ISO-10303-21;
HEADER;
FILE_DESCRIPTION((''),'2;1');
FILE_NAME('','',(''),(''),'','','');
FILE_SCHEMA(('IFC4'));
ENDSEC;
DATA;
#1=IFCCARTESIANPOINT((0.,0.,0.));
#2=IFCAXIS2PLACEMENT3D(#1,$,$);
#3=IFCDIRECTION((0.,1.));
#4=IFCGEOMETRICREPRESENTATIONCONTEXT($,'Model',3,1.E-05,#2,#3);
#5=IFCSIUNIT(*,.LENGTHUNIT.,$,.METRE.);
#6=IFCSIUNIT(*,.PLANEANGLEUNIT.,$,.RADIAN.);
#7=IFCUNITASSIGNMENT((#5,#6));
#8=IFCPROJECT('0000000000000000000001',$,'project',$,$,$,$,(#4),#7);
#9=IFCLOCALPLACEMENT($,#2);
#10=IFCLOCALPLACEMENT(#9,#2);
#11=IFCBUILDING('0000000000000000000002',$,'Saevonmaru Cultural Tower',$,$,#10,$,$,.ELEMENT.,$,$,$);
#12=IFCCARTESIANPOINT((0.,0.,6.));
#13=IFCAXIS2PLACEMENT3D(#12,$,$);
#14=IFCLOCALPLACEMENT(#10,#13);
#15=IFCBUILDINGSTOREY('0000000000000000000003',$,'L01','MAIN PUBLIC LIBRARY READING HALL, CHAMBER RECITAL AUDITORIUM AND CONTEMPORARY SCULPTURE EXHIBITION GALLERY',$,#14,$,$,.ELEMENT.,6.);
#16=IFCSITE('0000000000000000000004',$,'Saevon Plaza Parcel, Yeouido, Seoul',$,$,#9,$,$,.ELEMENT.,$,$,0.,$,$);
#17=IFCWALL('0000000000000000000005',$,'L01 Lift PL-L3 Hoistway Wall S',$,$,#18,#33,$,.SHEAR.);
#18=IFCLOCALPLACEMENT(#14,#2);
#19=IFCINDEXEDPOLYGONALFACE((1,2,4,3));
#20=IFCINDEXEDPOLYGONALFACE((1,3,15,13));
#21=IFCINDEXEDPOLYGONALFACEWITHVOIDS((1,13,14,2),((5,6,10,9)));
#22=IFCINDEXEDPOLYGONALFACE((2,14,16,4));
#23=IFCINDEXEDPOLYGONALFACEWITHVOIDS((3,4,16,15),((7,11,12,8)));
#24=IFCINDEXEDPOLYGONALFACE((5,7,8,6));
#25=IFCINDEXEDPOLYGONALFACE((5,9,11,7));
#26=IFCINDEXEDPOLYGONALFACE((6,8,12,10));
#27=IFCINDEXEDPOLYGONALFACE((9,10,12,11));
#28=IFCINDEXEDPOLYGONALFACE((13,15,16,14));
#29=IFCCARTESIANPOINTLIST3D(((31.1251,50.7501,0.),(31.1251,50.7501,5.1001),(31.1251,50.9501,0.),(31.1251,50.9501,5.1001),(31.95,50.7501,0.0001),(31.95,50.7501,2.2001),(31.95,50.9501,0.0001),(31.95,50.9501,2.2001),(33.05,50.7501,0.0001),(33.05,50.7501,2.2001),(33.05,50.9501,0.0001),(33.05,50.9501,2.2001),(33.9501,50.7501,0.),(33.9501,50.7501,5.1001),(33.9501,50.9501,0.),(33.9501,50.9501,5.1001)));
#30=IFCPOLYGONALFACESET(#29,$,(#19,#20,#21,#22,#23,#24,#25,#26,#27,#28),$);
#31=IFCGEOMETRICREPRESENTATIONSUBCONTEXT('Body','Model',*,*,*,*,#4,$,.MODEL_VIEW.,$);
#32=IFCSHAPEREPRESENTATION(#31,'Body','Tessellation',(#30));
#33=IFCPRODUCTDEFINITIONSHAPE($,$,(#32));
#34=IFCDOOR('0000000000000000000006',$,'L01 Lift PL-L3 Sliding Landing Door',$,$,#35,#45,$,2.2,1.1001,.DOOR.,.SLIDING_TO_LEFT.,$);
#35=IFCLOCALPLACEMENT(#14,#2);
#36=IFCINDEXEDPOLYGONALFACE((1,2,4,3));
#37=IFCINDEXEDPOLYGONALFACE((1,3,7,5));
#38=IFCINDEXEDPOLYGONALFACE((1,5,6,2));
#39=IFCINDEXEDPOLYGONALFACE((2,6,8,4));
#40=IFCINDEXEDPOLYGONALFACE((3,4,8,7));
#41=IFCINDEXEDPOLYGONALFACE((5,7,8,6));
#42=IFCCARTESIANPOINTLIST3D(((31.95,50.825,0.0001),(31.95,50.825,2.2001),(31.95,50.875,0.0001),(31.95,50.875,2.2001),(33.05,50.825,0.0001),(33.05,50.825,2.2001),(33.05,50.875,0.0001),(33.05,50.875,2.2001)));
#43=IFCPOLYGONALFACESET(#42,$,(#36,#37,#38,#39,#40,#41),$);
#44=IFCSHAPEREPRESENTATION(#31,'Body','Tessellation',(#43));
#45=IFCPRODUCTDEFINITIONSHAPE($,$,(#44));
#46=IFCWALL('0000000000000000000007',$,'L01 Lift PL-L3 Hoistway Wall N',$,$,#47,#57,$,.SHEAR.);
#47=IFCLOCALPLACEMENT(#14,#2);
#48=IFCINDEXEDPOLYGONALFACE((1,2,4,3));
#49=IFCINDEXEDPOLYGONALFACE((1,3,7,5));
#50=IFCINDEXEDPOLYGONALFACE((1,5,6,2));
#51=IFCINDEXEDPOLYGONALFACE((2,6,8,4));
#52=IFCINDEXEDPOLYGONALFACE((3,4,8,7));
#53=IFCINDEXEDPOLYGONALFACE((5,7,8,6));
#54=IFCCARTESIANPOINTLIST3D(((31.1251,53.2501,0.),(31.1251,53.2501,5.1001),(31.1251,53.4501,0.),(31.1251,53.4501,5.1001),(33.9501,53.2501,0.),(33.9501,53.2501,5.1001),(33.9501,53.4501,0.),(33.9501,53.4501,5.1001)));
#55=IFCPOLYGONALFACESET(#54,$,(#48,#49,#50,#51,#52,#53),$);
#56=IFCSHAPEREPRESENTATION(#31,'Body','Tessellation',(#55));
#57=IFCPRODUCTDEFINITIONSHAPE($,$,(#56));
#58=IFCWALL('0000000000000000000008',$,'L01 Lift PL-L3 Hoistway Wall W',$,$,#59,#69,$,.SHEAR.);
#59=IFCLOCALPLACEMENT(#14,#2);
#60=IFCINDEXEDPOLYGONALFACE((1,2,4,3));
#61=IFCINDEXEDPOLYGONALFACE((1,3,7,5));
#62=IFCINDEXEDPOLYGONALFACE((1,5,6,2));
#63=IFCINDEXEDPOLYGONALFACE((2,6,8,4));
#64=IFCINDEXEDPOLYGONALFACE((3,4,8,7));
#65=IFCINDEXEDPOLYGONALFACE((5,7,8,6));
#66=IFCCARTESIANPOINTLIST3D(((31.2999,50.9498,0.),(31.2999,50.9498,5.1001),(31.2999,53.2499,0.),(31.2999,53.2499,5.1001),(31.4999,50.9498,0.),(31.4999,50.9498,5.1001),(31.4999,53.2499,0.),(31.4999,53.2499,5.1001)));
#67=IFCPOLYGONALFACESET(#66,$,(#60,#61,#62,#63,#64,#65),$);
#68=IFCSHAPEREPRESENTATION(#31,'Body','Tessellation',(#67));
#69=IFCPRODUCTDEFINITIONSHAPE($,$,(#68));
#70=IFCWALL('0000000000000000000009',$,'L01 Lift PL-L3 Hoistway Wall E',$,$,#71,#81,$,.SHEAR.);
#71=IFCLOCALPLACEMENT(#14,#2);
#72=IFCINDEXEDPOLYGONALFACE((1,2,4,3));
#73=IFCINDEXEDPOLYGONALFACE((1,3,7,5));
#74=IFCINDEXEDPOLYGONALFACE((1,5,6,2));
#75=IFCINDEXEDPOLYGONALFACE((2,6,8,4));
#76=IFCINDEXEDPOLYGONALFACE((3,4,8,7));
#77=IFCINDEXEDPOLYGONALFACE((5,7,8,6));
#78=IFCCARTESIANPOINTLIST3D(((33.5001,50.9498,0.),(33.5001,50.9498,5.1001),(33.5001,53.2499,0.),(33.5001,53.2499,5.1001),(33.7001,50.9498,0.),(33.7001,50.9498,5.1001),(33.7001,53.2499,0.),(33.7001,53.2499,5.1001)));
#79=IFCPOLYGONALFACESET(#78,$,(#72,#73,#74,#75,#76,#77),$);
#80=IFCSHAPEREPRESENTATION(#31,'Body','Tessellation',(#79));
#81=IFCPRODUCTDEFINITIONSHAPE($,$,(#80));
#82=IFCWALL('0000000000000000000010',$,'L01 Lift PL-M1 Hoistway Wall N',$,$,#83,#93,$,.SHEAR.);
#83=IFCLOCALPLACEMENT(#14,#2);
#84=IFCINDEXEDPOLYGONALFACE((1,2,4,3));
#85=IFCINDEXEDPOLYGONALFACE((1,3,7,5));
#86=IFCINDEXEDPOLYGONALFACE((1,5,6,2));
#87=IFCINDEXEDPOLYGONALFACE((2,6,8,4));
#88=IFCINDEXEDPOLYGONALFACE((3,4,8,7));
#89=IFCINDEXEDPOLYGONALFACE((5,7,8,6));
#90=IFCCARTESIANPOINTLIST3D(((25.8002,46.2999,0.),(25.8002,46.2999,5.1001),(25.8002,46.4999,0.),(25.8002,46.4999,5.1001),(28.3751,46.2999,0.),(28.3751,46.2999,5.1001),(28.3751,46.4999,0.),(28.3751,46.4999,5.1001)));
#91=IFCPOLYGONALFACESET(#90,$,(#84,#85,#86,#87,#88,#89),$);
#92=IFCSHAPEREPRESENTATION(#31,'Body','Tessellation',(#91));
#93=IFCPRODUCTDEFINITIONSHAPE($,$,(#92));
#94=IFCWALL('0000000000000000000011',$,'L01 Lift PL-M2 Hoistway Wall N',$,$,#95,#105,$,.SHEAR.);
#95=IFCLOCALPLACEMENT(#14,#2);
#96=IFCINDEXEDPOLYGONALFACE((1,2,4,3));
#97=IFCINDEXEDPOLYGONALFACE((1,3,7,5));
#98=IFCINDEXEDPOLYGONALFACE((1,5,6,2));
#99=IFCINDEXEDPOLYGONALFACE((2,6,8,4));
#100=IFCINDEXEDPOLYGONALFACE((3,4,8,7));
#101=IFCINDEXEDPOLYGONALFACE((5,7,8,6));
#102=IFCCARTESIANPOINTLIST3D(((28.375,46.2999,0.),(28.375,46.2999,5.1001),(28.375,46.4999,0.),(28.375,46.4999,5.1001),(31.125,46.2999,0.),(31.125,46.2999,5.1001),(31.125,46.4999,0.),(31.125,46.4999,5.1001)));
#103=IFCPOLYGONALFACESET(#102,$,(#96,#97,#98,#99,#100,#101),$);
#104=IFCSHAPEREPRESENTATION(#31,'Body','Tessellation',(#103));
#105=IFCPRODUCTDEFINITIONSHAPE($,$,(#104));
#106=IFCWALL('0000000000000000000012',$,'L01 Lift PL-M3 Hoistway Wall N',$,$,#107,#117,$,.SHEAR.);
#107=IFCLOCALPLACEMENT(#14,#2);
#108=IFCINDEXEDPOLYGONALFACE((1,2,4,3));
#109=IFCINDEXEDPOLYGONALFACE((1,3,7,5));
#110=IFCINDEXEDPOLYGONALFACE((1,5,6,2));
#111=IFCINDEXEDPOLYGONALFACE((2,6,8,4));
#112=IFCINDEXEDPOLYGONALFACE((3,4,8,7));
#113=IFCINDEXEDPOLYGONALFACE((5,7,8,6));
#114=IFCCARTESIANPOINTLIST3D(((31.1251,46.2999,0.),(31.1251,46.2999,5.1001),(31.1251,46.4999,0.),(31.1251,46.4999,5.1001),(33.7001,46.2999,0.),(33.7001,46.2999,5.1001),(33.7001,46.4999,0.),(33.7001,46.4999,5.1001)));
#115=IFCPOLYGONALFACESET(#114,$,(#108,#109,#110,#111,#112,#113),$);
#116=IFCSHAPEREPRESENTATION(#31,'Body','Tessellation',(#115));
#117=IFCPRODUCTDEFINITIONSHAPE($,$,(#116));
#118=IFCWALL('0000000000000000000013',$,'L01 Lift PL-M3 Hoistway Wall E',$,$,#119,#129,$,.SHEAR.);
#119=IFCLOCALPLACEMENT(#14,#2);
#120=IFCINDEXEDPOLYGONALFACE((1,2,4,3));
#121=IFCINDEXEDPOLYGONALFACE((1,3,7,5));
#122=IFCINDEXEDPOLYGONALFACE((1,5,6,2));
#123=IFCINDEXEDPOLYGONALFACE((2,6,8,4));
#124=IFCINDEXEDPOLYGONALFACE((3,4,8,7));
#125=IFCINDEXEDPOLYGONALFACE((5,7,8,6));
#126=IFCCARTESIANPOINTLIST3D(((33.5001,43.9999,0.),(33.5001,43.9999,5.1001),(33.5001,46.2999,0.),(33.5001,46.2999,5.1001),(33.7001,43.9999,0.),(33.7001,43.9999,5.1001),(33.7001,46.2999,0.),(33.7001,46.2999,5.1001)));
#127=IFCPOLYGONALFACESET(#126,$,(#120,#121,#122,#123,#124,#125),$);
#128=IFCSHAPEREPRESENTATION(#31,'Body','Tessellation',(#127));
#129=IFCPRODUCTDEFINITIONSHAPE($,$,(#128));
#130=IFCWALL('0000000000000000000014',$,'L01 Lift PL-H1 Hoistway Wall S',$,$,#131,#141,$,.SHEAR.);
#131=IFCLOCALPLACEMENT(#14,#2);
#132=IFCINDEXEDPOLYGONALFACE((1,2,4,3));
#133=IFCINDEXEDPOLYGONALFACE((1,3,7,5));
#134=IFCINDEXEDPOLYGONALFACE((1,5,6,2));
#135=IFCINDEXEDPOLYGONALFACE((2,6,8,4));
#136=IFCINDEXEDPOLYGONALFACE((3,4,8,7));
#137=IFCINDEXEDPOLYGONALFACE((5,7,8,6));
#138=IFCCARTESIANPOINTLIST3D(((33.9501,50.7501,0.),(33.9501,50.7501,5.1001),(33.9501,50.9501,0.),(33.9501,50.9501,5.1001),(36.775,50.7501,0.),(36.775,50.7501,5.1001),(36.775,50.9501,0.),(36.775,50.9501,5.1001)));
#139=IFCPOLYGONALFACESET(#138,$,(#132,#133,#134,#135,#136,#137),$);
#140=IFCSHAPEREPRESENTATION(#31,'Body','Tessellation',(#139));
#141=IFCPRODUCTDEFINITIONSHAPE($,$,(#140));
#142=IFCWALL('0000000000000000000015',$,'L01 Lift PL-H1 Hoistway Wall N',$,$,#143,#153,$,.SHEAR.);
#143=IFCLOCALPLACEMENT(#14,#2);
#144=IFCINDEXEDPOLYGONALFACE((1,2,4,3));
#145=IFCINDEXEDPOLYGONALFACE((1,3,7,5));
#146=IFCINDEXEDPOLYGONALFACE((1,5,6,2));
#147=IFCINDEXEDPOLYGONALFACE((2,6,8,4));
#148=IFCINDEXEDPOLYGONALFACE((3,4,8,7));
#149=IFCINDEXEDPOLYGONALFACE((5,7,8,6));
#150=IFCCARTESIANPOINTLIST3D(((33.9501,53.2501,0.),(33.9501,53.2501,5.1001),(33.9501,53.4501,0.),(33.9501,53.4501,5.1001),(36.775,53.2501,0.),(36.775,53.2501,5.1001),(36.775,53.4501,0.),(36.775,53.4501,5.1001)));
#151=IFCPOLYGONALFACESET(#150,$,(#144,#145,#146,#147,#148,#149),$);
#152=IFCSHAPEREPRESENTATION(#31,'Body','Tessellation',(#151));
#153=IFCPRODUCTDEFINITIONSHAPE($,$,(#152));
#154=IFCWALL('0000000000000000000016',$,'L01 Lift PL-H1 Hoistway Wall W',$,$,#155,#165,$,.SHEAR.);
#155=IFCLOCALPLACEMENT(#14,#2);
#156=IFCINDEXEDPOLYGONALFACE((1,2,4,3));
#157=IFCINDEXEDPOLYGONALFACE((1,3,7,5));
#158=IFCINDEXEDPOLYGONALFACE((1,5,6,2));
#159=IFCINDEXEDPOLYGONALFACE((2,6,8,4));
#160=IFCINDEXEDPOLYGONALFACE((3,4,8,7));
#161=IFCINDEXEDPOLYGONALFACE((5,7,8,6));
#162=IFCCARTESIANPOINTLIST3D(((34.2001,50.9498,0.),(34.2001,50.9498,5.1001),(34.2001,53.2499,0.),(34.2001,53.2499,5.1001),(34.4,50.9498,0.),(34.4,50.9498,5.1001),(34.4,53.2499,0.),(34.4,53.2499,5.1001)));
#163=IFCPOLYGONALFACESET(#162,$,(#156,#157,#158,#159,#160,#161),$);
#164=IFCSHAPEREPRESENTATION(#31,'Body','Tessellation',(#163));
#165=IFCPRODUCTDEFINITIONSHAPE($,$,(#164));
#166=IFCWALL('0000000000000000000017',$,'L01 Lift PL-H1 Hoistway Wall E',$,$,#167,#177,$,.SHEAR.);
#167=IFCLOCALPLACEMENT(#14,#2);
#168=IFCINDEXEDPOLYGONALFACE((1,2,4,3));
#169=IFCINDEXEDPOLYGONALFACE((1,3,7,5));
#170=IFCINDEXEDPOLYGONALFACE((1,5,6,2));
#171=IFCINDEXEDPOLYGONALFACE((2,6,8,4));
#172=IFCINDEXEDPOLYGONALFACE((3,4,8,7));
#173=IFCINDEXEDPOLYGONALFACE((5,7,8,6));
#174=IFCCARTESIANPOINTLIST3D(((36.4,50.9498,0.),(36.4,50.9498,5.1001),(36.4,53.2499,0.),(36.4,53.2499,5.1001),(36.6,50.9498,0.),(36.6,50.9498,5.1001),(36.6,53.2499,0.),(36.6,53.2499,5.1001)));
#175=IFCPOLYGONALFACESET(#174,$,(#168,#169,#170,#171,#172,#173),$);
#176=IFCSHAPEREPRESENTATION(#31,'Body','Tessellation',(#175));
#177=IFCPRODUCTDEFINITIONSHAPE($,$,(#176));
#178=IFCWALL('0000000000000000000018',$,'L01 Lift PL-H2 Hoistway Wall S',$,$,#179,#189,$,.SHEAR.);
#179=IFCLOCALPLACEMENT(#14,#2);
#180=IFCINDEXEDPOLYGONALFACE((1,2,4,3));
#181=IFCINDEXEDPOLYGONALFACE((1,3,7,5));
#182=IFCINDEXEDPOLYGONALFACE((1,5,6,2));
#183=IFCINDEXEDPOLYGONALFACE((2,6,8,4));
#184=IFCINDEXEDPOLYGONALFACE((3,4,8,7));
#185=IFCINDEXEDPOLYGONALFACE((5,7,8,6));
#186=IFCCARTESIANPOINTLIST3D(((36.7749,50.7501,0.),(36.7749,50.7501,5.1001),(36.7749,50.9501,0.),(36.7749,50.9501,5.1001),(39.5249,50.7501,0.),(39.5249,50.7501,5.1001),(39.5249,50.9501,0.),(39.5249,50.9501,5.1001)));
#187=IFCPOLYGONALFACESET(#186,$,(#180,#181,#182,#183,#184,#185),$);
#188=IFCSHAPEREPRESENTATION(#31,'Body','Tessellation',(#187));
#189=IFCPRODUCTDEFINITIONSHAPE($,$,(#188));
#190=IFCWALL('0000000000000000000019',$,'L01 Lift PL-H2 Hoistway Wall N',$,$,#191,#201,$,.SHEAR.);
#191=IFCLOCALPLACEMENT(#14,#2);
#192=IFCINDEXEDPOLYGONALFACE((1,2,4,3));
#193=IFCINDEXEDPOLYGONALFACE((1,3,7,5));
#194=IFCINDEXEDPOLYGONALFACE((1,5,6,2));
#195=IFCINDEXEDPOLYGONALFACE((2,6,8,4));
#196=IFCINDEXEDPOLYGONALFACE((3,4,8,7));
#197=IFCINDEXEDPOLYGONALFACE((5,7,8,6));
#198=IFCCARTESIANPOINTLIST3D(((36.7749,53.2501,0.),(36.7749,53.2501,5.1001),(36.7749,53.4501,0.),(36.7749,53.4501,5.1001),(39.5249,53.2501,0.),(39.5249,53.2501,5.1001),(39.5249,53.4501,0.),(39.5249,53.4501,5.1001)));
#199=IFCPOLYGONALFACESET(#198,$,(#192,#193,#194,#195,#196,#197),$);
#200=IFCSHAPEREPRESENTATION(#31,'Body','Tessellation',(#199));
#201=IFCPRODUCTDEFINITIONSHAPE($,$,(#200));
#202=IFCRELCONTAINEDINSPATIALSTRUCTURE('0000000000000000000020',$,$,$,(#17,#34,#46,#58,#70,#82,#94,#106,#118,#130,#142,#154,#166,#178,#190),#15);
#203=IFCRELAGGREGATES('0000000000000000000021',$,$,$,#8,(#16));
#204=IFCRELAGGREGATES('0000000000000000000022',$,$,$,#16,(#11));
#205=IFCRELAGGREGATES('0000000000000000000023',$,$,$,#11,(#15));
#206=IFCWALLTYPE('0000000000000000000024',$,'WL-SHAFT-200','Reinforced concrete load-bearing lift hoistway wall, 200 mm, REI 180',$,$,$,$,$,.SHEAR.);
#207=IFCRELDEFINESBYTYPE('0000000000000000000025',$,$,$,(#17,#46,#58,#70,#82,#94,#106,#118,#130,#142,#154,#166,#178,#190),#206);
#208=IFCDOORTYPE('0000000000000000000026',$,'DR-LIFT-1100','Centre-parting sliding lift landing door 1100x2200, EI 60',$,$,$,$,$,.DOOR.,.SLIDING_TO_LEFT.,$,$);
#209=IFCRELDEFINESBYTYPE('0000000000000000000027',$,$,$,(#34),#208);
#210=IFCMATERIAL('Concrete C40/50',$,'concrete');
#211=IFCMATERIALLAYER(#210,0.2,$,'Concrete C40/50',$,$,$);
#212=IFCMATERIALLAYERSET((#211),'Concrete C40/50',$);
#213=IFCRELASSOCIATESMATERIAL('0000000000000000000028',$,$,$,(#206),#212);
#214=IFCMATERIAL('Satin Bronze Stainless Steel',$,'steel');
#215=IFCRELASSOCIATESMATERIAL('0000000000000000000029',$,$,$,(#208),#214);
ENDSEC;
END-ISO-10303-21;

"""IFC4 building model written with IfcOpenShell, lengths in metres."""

from ifc_helpers import new_model, si_unit, direction, frame, frame_2d, origin, place, context, subcontext, project, spatial, rectangle, extrude, material, layer, layer_set, type_object, element, fill, save


model = new_model("IFC4")

# Units and contexts
model_context = context("Model", 3, precision=1e-05, world=origin(), true_north=direction((0.0, 1.0)))
body_context = subcontext(model_context, "Body", "Model", "MODEL_VIEW")
ifc_project = project(units=[si_unit("LENGTHUNIT", "METRE"), si_unit("PLANEANGLEUNIT", "RADIAN")], contexts=[model_context])

# Site, building, storey
site_placement = place(None, origin())
site = spatial("IfcSite", under=ifc_project, at=site_placement, Name="Saevon Plaza Parcel, Yeouido, Seoul", CompositionType="ELEMENT", RefElevation=0.0)
building_placement = place(site_placement, origin())
building = spatial("IfcBuilding", under=site, at=building_placement, Name="Saevonmaru Cultural Tower", CompositionType="ELEMENT")
storey_placement = place(building_placement, frame((0.0, 0.0, 6.0)))
storey = spatial("IfcBuildingStorey", under=building, at=storey_placement, Name="L01", Description="MAIN PUBLIC LIBRARY READING HALL, CHAMBER RECITAL AUDITORIUM AND CONTEMPORARY SCULPTURE EXHIBITION GALLERY", CompositionType="ELEMENT", Elevation=6.0)

# Shared definitions
ifc_material_1 = material(Name="Concrete C40/50", Category="concrete")
ifc_layer_1 = layer(ifc_material_1, 0.2, Name="Concrete C40/50")
ifc_layer_set_1 = layer_set([ifc_layer_1], Name="Concrete C40/50")
wall_type_1 = type_object("IfcWallType", Name="WL-SHAFT-200", Description="Reinforced concrete load-bearing lift hoistway wall, 200 mm, REI 180", PredefinedType="SHEAR", material=ifc_layer_set_1)

# Shared definitions
ifc_material_2 = material(Name="Satin Bronze Stainless Steel", Category="steel")
door_type_1 = type_object("IfcDoorType", Name="DR-LIFT-1100", Description="Centre-parting sliding lift landing door 1100x2200, EI 60", OperationType="SLIDING_TO_LEFT", PredefinedType="DOOR", material=ifc_material_2)

# Wall, opening, door
wall_1_placement = place(storey_placement, frame((31.125, 50.8501, 0.0), z_axis=(0.0, 0.0, 1.0), x_axis=(1.0, 0.0, 0.0)))
wall_1 = element("IfcWall", 1, at=wall_1_placement, inside=storey, type_object=wall_type_1, Name="L01 Lift PL-L3 Hoistway Wall S", PredefinedType="SHEAR", context=body_context, shape_type="SweptSolid", body=[
    extrude(rectangle(XDim=2.825, YDim=0.2, at=frame_2d((1.4126, 0.0))), origin(), (0.0, 0.0, 1.0), 5.1001),
])
opening_1_placement = place(wall_1_placement, frame((0.825, 0.0, 0.0)))
opening_1 = element("IfcOpeningElement", 2, at=opening_1_placement, cuts=wall_1, PredefinedType="OPENING", context=body_context, shape_type="SweptSolid", body=[
    extrude(rectangle(XDim=1.1001, YDim=2.2, at=frame_2d((0.55, 1.1001))), frame((0.0, 0.1099, 0.0), z_axis=(0.0, -1.0, 0.0), x_axis=(1.0, 0.0, 0.0)), (0.0, 0.0, 1.0), 0.22),
])
door_1_placement = place(opening_1_placement, origin())
door_1 = element("IfcDoor", 3, at=door_1_placement, inside=storey, type_object=door_type_1, Name="L01 Lift PL-L3 Sliding Landing Door", OperationType="SLIDING_TO_LEFT", OverallHeight=2.2, OverallWidth=1.1001, PredefinedType="DOOR", context=body_context, shape_type="SweptSolid", body=[
    extrude(rectangle(XDim=1.1001, YDim=2.2, at=frame_2d((0.55, 1.1001))), frame((0.0, 0.0249, 0.0), z_axis=(0.0, -1.0, 0.0), x_axis=(1.0, 0.0, 0.0)), (0.0, 0.0, 1.0), 0.05),
])
fill(opening_1, door_1)

# Walls
wall_2_placement = place(storey_placement, frame((31.125, 53.3501, 0.0), z_axis=(0.0, 0.0, 1.0), x_axis=(1.0, 0.0, 0.0)))
element("IfcWall", 4, at=wall_2_placement, inside=storey, type_object=wall_type_1, Name="L01 Lift PL-L3 Hoistway Wall N", PredefinedType="SHEAR", context=body_context, shape_type="SweptSolid", body=[
    extrude(rectangle(XDim=2.825, YDim=0.2, at=frame_2d((1.4126, 0.0))), origin(), (0.0, 0.0, 1.0), 5.1001),
])
for number, where, z_axis, x_axis, name in (
    (5, (31.3999, 50.95, 0.0), (0.0, 0.0, 1.0), (0.0, 1.0, 0.0), "L01 Lift PL-L3 Hoistway Wall W"),
    (6, (33.6001, 50.95, 0.0), (0.0, 0.0, 1.0), (0.0, 1.0, 0.0), "L01 Lift PL-L3 Hoistway Wall E"),
):
    element("IfcWall", number, at=place(storey_placement, frame(where, z_axis=z_axis, x_axis=x_axis)), inside=storey, type_object=wall_type_1, Name=name, PredefinedType="SHEAR", context=body_context, shape_type="SweptSolid", body=[
        extrude(rectangle(XDim=2.3, YDim=0.2, at=frame_2d((1.1499, 0.0))), origin(), (0.0, 0.0, 1.0), 5.1001),
    ])
wall_3_placement = place(storey_placement, frame((25.8, 46.3999, 0.0), z_axis=(0.0, 0.0, 1.0), x_axis=(1.0, 0.0, 0.0)))
element("IfcWall", 7, at=wall_3_placement, inside=storey, type_object=wall_type_1, Name="L01 Lift PL-M1 Hoistway Wall N", PredefinedType="SHEAR", context=body_context, shape_type="SweptSolid", body=[
    extrude(rectangle(XDim=2.575, YDim=0.2, at=frame_2d((1.2876, 0.0))), origin(), (0.0, 0.0, 1.0), 5.1001),
])
wall_4_placement = place(storey_placement, frame((28.375, 46.3999, 0.0), z_axis=(0.0, 0.0, 1.0), x_axis=(1.0, 0.0, 0.0)))
element("IfcWall", 8, at=wall_4_placement, inside=storey, type_object=wall_type_1, Name="L01 Lift PL-M2 Hoistway Wall N", PredefinedType="SHEAR", context=body_context, shape_type="SweptSolid", body=[
    extrude(rectangle(XDim=2.75, YDim=0.2, at=frame_2d((1.375, 0.0))), origin(), (0.0, 0.0, 1.0), 5.1001),
])
wall_5_placement = place(storey_placement, frame((31.125, 46.3999, 0.0), z_axis=(0.0, 0.0, 1.0), x_axis=(1.0, 0.0, 0.0)))
element("IfcWall", 9, at=wall_5_placement, inside=storey, type_object=wall_type_1, Name="L01 Lift PL-M3 Hoistway Wall N", PredefinedType="SHEAR", context=body_context, shape_type="SweptSolid", body=[
    extrude(rectangle(XDim=2.575, YDim=0.2, at=frame_2d((1.2876, 0.0))), origin(), (0.0, 0.0, 1.0), 5.1001),
])
wall_6_placement = place(storey_placement, frame((33.6001, 44.0, 0.0), z_axis=(0.0, 0.0, 1.0), x_axis=(0.0, 1.0, 0.0)))
element("IfcWall", 10, at=wall_6_placement, inside=storey, type_object=wall_type_1, Name="L01 Lift PL-M3 Hoistway Wall E", PredefinedType="SHEAR", context=body_context, shape_type="SweptSolid", body=[
    extrude(rectangle(XDim=2.3, YDim=0.2, at=frame_2d((1.1499, 0.0))), origin(), (0.0, 0.0, 1.0), 5.1001),
])
for number, where, z_axis, x_axis, name in (
    (11, (33.95, 50.8501, 0.0), (0.0, 0.0, 1.0), (1.0, 0.0, 0.0), "L01 Lift PL-H1 Hoistway Wall S"),
    (12, (33.95, 53.3501, 0.0), (0.0, 0.0, 1.0), (1.0, 0.0, 0.0), "L01 Lift PL-H1 Hoistway Wall N"),
):
    element("IfcWall", number, at=place(storey_placement, frame(where, z_axis=z_axis, x_axis=x_axis)), inside=storey, type_object=wall_type_1, Name=name, PredefinedType="SHEAR", context=body_context, shape_type="SweptSolid", body=[
        extrude(rectangle(XDim=2.825, YDim=0.2, at=frame_2d((1.4126, 0.0))), origin(), (0.0, 0.0, 1.0), 5.1001),
    ])
for number, where, z_axis, x_axis, name in (
    (13, (34.3, 50.95, 0.0), (0.0, 0.0, 1.0), (0.0, 1.0, 0.0), "L01 Lift PL-H1 Hoistway Wall W"),
    (14, (36.5, 50.95, 0.0), (0.0, 0.0, 1.0), (0.0, 1.0, 0.0), "L01 Lift PL-H1 Hoistway Wall E"),
):
    element("IfcWall", number, at=place(storey_placement, frame(where, z_axis=z_axis, x_axis=x_axis)), inside=storey, type_object=wall_type_1, Name=name, PredefinedType="SHEAR", context=body_context, shape_type="SweptSolid", body=[
        extrude(rectangle(XDim=2.3, YDim=0.2, at=frame_2d((1.1499, 0.0))), origin(), (0.0, 0.0, 1.0), 5.1001),
    ])
for number, where, z_axis, x_axis, name in (
    (15, (36.7749, 50.8501, 0.0), (0.0, 0.0, 1.0), (1.0, 0.0, 0.0), "L01 Lift PL-H2 Hoistway Wall S"),
    (16, (36.7749, 53.3501, 0.0), (0.0, 0.0, 1.0), (1.0, 0.0, 0.0), "L01 Lift PL-H2 Hoistway Wall N"),
):
    element("IfcWall", number, at=place(storey_placement, frame(where, z_axis=z_axis, x_axis=x_axis)), inside=storey, type_object=wall_type_1, Name=name, PredefinedType="SHEAR", context=body_context, shape_type="SweptSolid", body=[
        extrude(rectangle(XDim=2.75, YDim=0.2, at=frame_2d((1.375, 0.0))), origin(), (0.0, 0.0, 1.0), 5.1001),
    ])

save(model, "model.ifc")
